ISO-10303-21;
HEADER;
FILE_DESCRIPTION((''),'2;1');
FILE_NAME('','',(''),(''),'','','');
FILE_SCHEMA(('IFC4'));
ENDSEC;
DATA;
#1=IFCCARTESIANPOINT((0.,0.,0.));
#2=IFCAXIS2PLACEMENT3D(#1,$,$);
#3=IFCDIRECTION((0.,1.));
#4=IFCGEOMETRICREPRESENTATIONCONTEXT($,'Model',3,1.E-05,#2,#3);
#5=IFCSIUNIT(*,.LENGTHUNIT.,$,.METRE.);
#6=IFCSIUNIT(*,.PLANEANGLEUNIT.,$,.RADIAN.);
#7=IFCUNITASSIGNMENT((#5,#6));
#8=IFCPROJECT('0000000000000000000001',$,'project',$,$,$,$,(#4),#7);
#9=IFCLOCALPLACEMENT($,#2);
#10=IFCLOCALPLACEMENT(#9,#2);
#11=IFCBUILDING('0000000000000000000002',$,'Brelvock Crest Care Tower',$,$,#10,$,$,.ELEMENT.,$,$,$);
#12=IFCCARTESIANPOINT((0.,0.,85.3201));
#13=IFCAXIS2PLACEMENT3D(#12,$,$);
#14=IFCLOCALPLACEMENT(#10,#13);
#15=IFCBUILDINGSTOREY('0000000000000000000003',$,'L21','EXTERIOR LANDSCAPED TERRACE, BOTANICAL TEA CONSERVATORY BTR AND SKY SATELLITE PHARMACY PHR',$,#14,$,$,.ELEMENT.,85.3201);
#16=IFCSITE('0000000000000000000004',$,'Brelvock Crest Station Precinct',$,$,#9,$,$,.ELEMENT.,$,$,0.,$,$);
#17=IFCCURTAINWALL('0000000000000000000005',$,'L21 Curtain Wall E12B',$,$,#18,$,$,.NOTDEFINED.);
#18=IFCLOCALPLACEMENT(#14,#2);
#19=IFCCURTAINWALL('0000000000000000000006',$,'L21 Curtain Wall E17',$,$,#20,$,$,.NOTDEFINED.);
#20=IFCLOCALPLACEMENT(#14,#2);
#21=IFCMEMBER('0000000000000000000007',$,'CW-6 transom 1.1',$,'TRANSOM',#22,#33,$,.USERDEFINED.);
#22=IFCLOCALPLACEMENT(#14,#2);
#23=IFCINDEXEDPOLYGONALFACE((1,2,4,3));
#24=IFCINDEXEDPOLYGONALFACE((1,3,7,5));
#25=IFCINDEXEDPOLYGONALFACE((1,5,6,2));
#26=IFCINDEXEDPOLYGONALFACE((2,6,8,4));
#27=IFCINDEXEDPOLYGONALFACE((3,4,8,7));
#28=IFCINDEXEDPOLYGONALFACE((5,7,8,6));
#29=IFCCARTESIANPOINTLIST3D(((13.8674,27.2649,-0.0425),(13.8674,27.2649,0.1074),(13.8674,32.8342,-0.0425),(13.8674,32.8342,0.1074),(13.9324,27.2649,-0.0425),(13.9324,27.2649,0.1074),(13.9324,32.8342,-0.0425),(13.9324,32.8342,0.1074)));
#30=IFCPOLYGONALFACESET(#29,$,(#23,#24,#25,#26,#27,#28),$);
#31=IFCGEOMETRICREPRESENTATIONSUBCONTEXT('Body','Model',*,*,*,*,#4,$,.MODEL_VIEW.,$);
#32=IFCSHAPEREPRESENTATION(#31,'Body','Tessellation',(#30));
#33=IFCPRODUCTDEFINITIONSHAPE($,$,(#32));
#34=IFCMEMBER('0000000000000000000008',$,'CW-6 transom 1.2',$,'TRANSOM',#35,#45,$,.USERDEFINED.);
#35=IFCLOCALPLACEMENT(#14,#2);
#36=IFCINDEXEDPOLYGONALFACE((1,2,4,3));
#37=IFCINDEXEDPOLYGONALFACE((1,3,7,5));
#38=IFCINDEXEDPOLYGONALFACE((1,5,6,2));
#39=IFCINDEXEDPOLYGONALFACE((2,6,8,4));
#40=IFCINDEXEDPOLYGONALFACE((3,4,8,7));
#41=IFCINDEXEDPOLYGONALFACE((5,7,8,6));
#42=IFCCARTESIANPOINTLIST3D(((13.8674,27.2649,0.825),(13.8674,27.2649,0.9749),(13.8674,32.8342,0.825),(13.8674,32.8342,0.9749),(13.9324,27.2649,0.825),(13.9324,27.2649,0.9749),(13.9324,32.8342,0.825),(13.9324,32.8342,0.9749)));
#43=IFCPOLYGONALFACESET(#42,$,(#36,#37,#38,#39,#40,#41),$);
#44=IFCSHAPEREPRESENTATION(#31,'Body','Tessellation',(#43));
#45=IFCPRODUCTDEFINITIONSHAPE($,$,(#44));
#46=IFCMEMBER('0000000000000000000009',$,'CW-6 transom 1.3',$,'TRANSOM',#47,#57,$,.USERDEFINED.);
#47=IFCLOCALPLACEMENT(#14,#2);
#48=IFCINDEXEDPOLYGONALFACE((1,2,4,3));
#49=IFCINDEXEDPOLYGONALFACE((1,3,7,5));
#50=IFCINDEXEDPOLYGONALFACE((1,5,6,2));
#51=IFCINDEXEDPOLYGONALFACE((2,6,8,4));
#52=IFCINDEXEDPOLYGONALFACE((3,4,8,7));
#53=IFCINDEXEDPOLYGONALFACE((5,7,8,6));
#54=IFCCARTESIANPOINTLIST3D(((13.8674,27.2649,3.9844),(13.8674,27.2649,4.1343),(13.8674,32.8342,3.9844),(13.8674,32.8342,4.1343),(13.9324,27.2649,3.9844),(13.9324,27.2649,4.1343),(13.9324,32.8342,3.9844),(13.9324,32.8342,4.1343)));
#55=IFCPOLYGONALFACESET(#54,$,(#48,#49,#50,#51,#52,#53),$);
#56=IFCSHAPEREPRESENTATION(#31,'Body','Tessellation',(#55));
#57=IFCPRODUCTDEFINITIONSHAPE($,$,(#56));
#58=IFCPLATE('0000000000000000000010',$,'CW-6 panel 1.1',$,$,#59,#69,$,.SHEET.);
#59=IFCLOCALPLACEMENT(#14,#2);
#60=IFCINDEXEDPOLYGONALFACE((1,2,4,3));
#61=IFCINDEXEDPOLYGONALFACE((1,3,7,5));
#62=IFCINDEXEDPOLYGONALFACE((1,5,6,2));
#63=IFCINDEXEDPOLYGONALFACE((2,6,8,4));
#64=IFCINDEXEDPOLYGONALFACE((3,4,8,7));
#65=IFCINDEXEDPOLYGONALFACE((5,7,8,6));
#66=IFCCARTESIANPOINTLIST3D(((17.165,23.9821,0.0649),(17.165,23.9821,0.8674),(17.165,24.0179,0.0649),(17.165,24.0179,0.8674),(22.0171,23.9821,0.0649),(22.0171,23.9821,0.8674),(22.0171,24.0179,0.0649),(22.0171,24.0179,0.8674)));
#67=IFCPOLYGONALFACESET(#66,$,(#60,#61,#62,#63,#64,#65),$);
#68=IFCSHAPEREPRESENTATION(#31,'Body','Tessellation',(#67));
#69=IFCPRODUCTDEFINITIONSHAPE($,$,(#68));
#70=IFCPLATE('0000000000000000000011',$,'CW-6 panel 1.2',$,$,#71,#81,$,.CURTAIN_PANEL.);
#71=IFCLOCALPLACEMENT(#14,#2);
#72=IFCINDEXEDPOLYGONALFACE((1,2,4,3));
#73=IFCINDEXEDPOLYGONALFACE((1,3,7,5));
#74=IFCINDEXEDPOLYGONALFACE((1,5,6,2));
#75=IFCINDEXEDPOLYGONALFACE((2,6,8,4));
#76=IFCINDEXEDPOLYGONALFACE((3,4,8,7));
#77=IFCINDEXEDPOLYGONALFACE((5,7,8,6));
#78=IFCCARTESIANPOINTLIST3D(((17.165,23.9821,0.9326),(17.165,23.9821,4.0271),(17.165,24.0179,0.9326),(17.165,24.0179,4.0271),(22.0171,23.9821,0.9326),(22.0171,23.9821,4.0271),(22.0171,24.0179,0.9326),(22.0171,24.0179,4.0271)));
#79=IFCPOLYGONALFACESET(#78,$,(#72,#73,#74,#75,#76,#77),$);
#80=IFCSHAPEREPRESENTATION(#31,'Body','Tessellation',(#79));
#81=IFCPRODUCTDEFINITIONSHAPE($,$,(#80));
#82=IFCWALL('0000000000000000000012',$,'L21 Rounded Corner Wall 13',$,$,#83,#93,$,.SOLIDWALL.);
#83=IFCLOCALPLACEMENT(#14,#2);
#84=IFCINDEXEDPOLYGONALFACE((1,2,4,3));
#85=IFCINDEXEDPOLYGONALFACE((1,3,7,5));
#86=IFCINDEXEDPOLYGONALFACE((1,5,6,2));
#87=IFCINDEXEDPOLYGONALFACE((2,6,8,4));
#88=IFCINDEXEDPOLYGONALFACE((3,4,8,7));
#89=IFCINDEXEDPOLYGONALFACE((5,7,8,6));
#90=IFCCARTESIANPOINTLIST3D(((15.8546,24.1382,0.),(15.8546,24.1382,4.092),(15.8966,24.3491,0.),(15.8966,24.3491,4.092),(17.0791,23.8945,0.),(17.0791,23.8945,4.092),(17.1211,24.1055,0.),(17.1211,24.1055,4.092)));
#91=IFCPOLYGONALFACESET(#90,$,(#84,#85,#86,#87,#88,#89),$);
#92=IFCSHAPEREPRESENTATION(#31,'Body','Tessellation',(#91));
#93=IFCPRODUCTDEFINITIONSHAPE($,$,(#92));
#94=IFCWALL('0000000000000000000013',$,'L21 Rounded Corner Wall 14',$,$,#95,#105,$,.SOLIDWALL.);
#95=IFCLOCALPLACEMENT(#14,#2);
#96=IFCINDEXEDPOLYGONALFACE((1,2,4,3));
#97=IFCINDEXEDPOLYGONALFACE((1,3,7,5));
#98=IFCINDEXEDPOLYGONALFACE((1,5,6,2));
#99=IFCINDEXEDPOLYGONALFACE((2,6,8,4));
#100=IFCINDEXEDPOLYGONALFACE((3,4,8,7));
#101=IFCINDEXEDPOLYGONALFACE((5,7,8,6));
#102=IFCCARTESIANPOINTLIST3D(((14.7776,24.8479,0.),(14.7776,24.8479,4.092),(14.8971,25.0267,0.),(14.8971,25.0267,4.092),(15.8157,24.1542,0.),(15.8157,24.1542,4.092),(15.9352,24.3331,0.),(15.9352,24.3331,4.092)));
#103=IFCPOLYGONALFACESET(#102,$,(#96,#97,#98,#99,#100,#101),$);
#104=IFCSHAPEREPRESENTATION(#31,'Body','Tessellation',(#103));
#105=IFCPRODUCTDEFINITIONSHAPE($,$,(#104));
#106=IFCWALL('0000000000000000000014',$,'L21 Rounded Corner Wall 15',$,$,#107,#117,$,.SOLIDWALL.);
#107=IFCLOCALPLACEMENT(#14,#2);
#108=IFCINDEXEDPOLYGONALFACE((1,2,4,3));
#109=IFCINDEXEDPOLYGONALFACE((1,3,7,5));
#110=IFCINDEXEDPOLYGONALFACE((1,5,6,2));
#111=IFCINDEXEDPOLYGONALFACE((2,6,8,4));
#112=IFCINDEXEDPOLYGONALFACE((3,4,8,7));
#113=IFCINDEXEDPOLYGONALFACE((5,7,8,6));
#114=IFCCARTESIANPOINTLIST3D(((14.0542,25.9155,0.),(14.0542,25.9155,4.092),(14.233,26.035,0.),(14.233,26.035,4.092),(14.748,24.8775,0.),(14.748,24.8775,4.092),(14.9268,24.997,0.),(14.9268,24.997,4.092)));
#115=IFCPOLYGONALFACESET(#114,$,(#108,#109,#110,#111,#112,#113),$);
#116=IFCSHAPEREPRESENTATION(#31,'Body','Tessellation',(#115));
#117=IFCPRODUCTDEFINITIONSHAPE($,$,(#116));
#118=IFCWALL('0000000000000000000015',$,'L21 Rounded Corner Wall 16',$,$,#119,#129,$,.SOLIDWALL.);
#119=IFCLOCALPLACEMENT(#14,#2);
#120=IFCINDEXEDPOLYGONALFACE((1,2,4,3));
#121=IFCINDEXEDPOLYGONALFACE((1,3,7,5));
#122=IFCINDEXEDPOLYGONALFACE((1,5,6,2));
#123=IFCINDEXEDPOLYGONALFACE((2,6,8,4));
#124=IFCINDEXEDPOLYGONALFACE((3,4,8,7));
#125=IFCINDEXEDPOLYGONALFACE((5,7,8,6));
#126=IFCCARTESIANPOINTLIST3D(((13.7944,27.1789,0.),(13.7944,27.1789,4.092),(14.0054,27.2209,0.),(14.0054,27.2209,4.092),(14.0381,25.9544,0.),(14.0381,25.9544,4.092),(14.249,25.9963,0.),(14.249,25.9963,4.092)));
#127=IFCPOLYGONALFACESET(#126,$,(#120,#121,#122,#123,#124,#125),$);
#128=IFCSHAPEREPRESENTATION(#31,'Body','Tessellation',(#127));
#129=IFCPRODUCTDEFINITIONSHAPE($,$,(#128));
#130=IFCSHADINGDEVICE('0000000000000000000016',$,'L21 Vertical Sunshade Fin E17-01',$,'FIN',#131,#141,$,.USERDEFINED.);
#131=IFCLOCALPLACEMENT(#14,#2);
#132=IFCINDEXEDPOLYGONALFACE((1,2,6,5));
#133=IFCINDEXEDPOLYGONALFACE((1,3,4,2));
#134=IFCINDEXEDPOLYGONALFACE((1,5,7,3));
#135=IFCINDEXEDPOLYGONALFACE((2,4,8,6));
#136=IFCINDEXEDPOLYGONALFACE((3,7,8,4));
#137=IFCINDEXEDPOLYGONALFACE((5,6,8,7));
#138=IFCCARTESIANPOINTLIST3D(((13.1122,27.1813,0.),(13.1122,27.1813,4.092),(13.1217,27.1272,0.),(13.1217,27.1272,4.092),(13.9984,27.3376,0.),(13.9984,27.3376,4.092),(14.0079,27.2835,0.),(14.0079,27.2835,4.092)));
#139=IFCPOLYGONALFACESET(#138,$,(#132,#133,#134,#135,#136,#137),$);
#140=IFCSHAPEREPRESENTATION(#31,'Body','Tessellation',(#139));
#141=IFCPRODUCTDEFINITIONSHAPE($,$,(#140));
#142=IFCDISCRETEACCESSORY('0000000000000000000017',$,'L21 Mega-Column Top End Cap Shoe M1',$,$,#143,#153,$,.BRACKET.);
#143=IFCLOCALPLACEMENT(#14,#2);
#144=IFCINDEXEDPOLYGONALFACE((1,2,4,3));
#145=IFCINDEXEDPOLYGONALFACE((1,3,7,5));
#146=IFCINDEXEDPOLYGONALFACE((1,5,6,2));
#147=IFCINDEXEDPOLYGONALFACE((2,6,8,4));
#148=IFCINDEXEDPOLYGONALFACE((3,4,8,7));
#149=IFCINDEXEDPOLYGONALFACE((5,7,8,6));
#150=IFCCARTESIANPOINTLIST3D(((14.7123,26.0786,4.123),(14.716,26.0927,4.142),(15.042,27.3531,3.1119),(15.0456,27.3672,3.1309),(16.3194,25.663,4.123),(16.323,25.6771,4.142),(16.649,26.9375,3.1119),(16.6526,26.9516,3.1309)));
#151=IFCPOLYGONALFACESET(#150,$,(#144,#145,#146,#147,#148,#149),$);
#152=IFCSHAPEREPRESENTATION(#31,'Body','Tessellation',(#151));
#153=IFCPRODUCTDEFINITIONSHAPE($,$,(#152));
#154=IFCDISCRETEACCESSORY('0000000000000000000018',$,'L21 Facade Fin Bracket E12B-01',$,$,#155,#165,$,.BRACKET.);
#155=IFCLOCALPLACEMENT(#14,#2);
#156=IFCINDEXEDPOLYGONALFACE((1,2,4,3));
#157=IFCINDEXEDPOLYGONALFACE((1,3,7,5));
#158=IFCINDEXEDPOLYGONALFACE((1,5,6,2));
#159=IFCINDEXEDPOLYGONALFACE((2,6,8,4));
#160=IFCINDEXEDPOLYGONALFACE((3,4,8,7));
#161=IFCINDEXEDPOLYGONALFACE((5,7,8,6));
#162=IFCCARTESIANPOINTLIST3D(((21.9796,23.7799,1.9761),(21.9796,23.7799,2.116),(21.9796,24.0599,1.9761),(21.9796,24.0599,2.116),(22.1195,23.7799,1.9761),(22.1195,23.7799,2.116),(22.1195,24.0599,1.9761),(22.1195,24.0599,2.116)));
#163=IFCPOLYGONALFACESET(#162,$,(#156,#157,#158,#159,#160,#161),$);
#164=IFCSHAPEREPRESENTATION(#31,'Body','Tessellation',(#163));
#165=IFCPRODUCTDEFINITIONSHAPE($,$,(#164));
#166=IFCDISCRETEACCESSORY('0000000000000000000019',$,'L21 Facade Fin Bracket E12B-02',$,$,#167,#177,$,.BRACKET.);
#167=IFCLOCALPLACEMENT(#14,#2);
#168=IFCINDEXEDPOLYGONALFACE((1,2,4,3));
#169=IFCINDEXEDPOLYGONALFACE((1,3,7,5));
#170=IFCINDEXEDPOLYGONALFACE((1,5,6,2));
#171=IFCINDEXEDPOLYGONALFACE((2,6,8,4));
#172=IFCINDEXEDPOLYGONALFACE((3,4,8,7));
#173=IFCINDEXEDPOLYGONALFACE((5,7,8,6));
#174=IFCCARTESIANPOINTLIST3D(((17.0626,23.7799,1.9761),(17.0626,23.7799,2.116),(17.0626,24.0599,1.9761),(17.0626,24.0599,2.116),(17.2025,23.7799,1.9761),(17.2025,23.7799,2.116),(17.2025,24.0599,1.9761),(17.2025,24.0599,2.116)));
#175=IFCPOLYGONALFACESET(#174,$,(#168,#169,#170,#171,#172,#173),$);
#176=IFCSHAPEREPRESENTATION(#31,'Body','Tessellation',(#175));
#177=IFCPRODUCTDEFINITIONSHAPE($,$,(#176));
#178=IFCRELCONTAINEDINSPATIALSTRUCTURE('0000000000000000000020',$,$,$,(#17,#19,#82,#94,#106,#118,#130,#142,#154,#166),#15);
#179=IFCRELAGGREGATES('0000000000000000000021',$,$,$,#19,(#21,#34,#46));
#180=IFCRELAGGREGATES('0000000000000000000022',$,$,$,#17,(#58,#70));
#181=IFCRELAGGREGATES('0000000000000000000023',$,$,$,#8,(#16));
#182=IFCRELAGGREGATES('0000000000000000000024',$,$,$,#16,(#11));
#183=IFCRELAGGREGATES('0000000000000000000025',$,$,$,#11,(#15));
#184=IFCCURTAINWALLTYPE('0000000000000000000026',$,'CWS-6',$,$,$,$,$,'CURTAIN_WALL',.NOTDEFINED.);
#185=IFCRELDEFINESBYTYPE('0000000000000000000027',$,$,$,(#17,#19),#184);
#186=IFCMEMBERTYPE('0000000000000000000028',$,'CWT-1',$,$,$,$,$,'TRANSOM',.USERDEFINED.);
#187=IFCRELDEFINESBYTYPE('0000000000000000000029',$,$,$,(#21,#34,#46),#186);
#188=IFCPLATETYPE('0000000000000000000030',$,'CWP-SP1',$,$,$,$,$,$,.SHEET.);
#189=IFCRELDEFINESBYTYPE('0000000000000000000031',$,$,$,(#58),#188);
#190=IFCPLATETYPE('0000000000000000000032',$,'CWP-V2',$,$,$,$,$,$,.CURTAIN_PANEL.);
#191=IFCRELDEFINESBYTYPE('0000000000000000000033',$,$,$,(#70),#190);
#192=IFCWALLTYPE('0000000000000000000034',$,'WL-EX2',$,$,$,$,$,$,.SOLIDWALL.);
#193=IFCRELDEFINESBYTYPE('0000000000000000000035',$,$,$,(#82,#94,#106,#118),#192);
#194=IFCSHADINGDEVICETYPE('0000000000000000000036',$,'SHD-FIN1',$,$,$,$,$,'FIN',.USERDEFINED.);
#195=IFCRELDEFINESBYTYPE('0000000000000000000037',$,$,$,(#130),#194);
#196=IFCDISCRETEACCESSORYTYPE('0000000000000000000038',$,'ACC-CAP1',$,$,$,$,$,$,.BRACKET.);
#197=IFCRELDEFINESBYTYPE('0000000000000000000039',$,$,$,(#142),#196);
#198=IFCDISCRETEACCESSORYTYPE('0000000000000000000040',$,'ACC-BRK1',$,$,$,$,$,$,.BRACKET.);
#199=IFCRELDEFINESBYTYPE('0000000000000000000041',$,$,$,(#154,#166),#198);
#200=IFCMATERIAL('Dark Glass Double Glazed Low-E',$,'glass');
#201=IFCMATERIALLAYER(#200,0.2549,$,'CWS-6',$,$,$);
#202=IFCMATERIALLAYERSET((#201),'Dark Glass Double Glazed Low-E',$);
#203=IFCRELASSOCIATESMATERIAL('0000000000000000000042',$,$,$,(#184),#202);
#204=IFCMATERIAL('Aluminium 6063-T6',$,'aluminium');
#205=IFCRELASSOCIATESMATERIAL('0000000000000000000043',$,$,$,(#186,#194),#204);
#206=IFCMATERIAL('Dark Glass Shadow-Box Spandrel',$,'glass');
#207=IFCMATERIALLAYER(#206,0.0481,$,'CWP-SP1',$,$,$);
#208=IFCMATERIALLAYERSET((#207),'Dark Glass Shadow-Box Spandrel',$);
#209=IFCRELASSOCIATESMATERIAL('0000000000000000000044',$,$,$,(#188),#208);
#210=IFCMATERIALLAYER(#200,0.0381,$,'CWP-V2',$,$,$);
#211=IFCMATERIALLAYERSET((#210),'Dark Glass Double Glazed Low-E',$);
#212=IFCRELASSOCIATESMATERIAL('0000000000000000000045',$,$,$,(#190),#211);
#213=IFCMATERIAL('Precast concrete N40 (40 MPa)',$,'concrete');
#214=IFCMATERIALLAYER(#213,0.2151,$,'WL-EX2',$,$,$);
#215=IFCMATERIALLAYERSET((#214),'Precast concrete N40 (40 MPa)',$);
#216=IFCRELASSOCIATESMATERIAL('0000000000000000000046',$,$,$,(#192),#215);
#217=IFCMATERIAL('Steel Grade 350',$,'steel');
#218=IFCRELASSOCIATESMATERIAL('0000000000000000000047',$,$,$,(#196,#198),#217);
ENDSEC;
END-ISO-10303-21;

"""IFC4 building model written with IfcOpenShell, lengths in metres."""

from ifc_helpers import new_model, si_unit, direction, frame, frame_2d, origin, origin_2d, place, context, subcontext, project, spatial, rectangle, extrude, source, transform, mapped, material, layer, layer_set, material_profile, profile_set, type_object, element, aggregate, save


model = new_model("IFC4")

# Units and contexts
model_context = context("Model", 3, precision=1e-05, world=origin(), true_north=direction((0.0, 1.0)))
body_context = subcontext(model_context, "Body", "Model", "MODEL_VIEW")
ifc_project = project(units=[si_unit("LENGTHUNIT", "METRE"), si_unit("PLANEANGLEUNIT", "RADIAN")], contexts=[model_context])

# Site, building, storey
site_placement = place(None, origin())
site = spatial("IfcSite", under=ifc_project, at=site_placement, Name="Brelvock Crest Station Precinct", CompositionType="ELEMENT", RefElevation=0.0)
building_placement = place(site_placement, origin())
building = spatial("IfcBuilding", under=site, at=building_placement, Name="Brelvock Crest Care Tower", CompositionType="ELEMENT")
storey_placement = place(building_placement, frame((0.0, 0.0, 85.3201)))
storey = spatial("IfcBuildingStorey", under=building, at=storey_placement, Name="L21", Description="EXTERIOR LANDSCAPED TERRACE, BOTANICAL TEA CONSERVATORY BTR AND SKY SATELLITE PHARMACY PHR", CompositionType="ELEMENT", Elevation=85.3201)

# Shared definitions
ifc_material_1 = material(Name="Steel Grade 350", Category="steel")

# Curtain wall
ifc_material_2 = material(Name="Dark Glass Double Glazed Low-E", Category="glass")
ifc_layer_1 = layer(ifc_material_2, 0.2549, Name="CWS-6")
ifc_layer_set_1 = layer_set([ifc_layer_1], Name="Dark Glass Double Glazed Low-E")
curtain_wall_type = type_object("IfcCurtainWallType", Name="CWS-6", ElementType="CURTAIN_WALL", PredefinedType="NOTDEFINED", material=ifc_layer_set_1)
curtain_wall_1_placement = place(storey_placement, origin())
curtain_wall_1 = element("IfcCurtainWall", 1, at=curtain_wall_1_placement, inside=storey, type_object=curtain_wall_type, Name="L21 Curtain Wall E12B", PredefinedType="NOTDEFINED")
ifc_material_3 = material(Name="Aluminium 6063-T6", Category="aluminium")

# Curtain wall
curtain_wall_2_placement = place(storey_placement, origin())
curtain_wall_2 = element("IfcCurtainWall", 2, at=curtain_wall_2_placement, inside=storey, type_object=curtain_wall_type, Name="L21 Curtain Wall E17", PredefinedType="NOTDEFINED")

# Members
ifc_material_profile_1 = material_profile(ifc_material_3, rectangle(XDim=0.0649, YDim=0.1499, at=origin_2d()), Name="ALU65x150")
ifc_profile_set_1 = profile_set([ifc_material_profile_1], Name="Aluminium 6063-T6")
member_type_1 = type_object("IfcMemberType", Name="CWT-1", ElementType="TRANSOM", PredefinedType="USERDEFINED", material=ifc_profile_set_1)
shared_shape_1 = source(origin(), body_context, "Body", "SweptSolid", [
    extrude(rectangle(XDim=0.0649, YDim=0.1499, at=origin_2d()), origin(), (0.0, 0.0, 1.0), 5.5693),
])
member_1_placement = place(storey_placement, frame((13.8999, 27.2649, 0.0325), z_axis=(0.0, 1.0, 0.0), x_axis=(-1.0, 0.0, 0.0)))
member_1 = element("IfcMember", 3, at=member_1_placement, type_object=member_type_1, Name="CW-6 transom 1.1", ObjectType="TRANSOM", PredefinedType="USERDEFINED", context=body_context, shape_type="MappedRepresentation", body=[
    mapped(shared_shape_1, transform((0.0, 0.0, 0.0), x_axis=(1.0, 0.0, 0.0), y_axis=(0.0, 1.0, 0.0), z_axis=(0.0, 0.0, 1.0), scale=1.0)),
])
member_2_placement = place(storey_placement, frame((13.8999, 27.2649, 0.8999), z_axis=(0.0, 1.0, 0.0), x_axis=(-1.0, 0.0, 0.0)))
member_2 = element("IfcMember", 4, at=member_2_placement, type_object=member_type_1, Name="CW-6 transom 1.2", ObjectType="TRANSOM", PredefinedType="USERDEFINED", context=body_context, shape_type="MappedRepresentation", body=[
    mapped(shared_shape_1, transform((0.0, 0.0, 0.0), x_axis=(1.0, 0.0, 0.0), y_axis=(0.0, 1.0, 0.0), z_axis=(0.0, 0.0, 1.0), scale=1.0)),
])
member_3_placement = place(storey_placement, frame((13.8999, 27.2649, 4.0593), z_axis=(0.0, 1.0, 0.0), x_axis=(-1.0, 0.0, 0.0)))
member_3 = element("IfcMember", 5, at=member_3_placement, type_object=member_type_1, Name="CW-6 transom 1.3", ObjectType="TRANSOM", PredefinedType="USERDEFINED", context=body_context, shape_type="MappedRepresentation", body=[
    mapped(shared_shape_1, transform((0.0, 0.0, 0.0), x_axis=(1.0, 0.0, 0.0), y_axis=(0.0, 1.0, 0.0), z_axis=(0.0, 0.0, 1.0), scale=1.0)),
])
aggregate(curtain_wall_2, [member_1, member_2, member_3])

# Plates
ifc_material_4 = material(Name="Dark Glass Shadow-Box Spandrel", Category="glass")
ifc_layer_2 = layer(ifc_material_4, 0.0481, Name="CWP-SP1")
ifc_layer_set_2 = layer_set([ifc_layer_2], Name="Dark Glass Shadow-Box Spandrel")
plate_type_1 = type_object("IfcPlateType", Name="CWP-SP1", PredefinedType="SHEET", material=ifc_layer_set_2)
shared_shape_2 = source(origin(), body_context, "Body", "SweptSolid", [
    extrude(rectangle(XDim=4.8521, YDim=0.0359, at=origin_2d()), origin(), (0.0, 0.0, 1.0), 0.8025),
])
plate_1_placement = place(storey_placement, frame((19.5911, 24.0, 0.0649), z_axis=(0.0, 0.0, 1.0), x_axis=(-1.0, 0.0, 0.0)))
plate_1 = element("IfcPlate", 6, at=plate_1_placement, type_object=plate_type_1, Name="CW-6 panel 1.1", PredefinedType="SHEET", context=body_context, shape_type="MappedRepresentation", body=[
    mapped(shared_shape_2, transform((0.0, 0.0, 0.0), x_axis=(1.0, 0.0, 0.0), y_axis=(0.0, 1.0, 0.0), z_axis=(0.0, 0.0, 1.0), scale=1.0)),
])
ifc_layer_3 = layer(ifc_material_2, 0.0381, Name="CWP-V2")
ifc_layer_set_3 = layer_set([ifc_layer_3], Name="Dark Glass Double Glazed Low-E")
plate_type_2 = type_object("IfcPlateType", Name="CWP-V2", PredefinedType="CURTAIN_PANEL", material=ifc_layer_set_3)
shared_shape_3 = source(origin(), body_context, "Body", "SweptSolid", [
    extrude(rectangle(XDim=4.8521, YDim=0.0359, at=origin_2d()), origin(), (0.0, 0.0, 1.0), 3.0945),
])
plate_2_placement = place(storey_placement, frame((19.5911, 24.0, 0.9326), z_axis=(0.0, 0.0, 1.0), x_axis=(-1.0, 0.0, 0.0)))
plate_2 = element("IfcPlate", 7, at=plate_2_placement, type_object=plate_type_2, Name="CW-6 panel 1.2", PredefinedType="CURTAIN_PANEL", context=body_context, shape_type="MappedRepresentation", body=[
    mapped(shared_shape_3, transform((0.0, 0.0, 0.0), x_axis=(1.0, 0.0, 0.0), y_axis=(0.0, 1.0, 0.0), z_axis=(0.0, 0.0, 1.0), scale=1.0)),
])
aggregate(curtain_wall_1, [plate_1, plate_2])

# Walls
ifc_material_5 = material(Name="Precast concrete N40 (40 MPa)", Category="concrete")
ifc_layer_4 = layer(ifc_material_5, 0.2151, Name="WL-EX2")
ifc_layer_set_4 = layer_set([ifc_layer_4], Name="Precast concrete N40 (40 MPa)")
wall_type = type_object("IfcWallType", Name="WL-EX2", PredefinedType="SOLIDWALL", material=ifc_layer_set_4)
for number, where, z_axis, x_axis, name in (
    (8, (17.1001, 24.0, 0.0), (0.0, 0.0, 1.0), (-0.980776, 0.195138, 0.0), "L21 Rounded Corner Wall 13"),
    (9, (15.8755, 24.2437, 0.0), (0.0, 0.0, 1.0), (-0.831478, 0.555557, 0.0), "L21 Rounded Corner Wall 14"),
    (10, (14.8374, 24.9373, 0.0), (0.0, 0.0, 1.0), (-0.555692, 0.831388, 0.0), "L21 Rounded Corner Wall 15"),
    (11, (14.1436, 25.9753, 0.0), (0.0, 0.0, 1.0), (-0.195138, 0.980776, 0.0), "L21 Rounded Corner Wall 16"),
):
    element("IfcWall", number, at=place(storey_placement, frame(where, z_axis=z_axis, x_axis=x_axis)), inside=storey, type_object=wall_type, Name=name, PredefinedType="SOLIDWALL", context=body_context, shape_type="SweptSolid", body=[
        extrude(rectangle(XDim=1.2485, YDim=0.2151, at=frame_2d((0.6243, 0.0))), origin(), (0.0, 0.0, 1.0), 4.092),
    ])

# Shading device
ifc_material_profile_2 = material_profile(ifc_material_3, rectangle(XDim=0.0549, YDim=0.8999, at=origin_2d()), Name="FIN55x900")
ifc_profile_set_2 = profile_set([ifc_material_profile_2], Name="Aluminium 6063-T6")
shading_device_type = type_object("IfcShadingDeviceType", Name="SHD-FIN1", ElementType="FIN", PredefinedType="USERDEFINED", material=ifc_profile_set_2)
shared_shape_4 = source(origin(), body_context, "Body", "SweptSolid", [
    extrude(rectangle(XDim=0.0549, YDim=0.8999, at=origin_2d()), origin(), (0.0, 0.0, 1.0), 4.092),
])
shading_device_placement = place(storey_placement, frame((13.5601, 27.2324, 0.0), z_axis=(0.0, 0.0, 1.0), x_axis=(-0.173648, 0.984808, 0.0)))
element("IfcShadingDevice", 12, at=shading_device_placement, inside=storey, type_object=shading_device_type, Name="L21 Vertical Sunshade Fin E17-01", ObjectType="FIN", PredefinedType="USERDEFINED", context=body_context, shape_type="MappedRepresentation", body=[
    mapped(shared_shape_4, transform((0.0, 0.0, 0.0), x_axis=(1.0, 0.0, 0.0), y_axis=(0.0, 1.0, 0.0), z_axis=(0.0, 0.0, 1.0), scale=1.0)),
])

# Discrete accessories
ifc_material_profile_3 = material_profile(ifc_material_1, rectangle(XDim=1.6599, YDim=1.6599, at=origin_2d()), Name="ACC-CAP1")
ifc_profile_set_3 = profile_set([ifc_material_profile_3], Name="Steel Grade 350")
discrete_accessory_type_1 = type_object("IfcDiscreteAccessoryType", Name="ACC-CAP1", PredefinedType="BRACKET", material=ifc_profile_set_3)
shared_shape_5 = source(origin(), body_context, "Body", "SweptSolid", [
    extrude(rectangle(XDim=1.6599, YDim=1.6599, at=origin_2d()), origin(), (0.0, 0.0, 1.0), 0.0239),
])
discrete_accessory_placement = place(storey_placement, frame((15.6807, 26.5081, 3.6174), z_axis=(0.152514, 0.589722, 0.793075), x_axis=(-0.968147, 0.250383, 0.0)))
element("IfcDiscreteAccessory", 13, at=discrete_accessory_placement, inside=storey, type_object=discrete_accessory_type_1, Name="L21 Mega-Column Top End Cap Shoe M1", PredefinedType="BRACKET", context=body_context, shape_type="MappedRepresentation", body=[
    mapped(shared_shape_5, transform((0.0, 0.0, 0.0), x_axis=(1.0, 0.0, 0.0), y_axis=(0.0, 1.0, 0.0), z_axis=(0.0, 0.0, 1.0), scale=1.0)),
])
discrete_accessory_type_2 = type_object("IfcDiscreteAccessoryType", Name="ACC-BRK1", PredefinedType="BRACKET", material=ifc_material_1)
shared_shape_6 = source(origin(), body_context, "Body", "SweptSolid", [
    extrude(rectangle(XDim=0.28, YDim=0.1399, at=origin_2d()), origin(), (0.0, 0.0, 1.0), 0.1399),
])
for number, where, z_axis, x_axis, name in (
    (14, (22.0496, 23.9199, 1.9761), (0.0, 0.0, 1.0), (0.0, -1.0, 0.0), "L21 Facade Fin Bracket E12B-01"),
    (15, (17.1326, 23.9199, 1.9761), (0.0, 0.0, 1.0), (0.0, -1.0, 0.0), "L21 Facade Fin Bracket E12B-02"),
):
    element("IfcDiscreteAccessory", number, at=place(storey_placement, frame(where, z_axis=z_axis, x_axis=x_axis)), inside=storey, type_object=discrete_accessory_type_2, Name=name, PredefinedType="BRACKET", context=body_context, shape_type="MappedRepresentation", body=[
        mapped(shared_shape_6, transform((0.0, 0.0, 0.0), x_axis=(1.0, 0.0, 0.0), y_axis=(0.0, 1.0, 0.0), z_axis=(0.0, 0.0, 1.0), scale=1.0)),
    ])

save(model, "model.ifc")
